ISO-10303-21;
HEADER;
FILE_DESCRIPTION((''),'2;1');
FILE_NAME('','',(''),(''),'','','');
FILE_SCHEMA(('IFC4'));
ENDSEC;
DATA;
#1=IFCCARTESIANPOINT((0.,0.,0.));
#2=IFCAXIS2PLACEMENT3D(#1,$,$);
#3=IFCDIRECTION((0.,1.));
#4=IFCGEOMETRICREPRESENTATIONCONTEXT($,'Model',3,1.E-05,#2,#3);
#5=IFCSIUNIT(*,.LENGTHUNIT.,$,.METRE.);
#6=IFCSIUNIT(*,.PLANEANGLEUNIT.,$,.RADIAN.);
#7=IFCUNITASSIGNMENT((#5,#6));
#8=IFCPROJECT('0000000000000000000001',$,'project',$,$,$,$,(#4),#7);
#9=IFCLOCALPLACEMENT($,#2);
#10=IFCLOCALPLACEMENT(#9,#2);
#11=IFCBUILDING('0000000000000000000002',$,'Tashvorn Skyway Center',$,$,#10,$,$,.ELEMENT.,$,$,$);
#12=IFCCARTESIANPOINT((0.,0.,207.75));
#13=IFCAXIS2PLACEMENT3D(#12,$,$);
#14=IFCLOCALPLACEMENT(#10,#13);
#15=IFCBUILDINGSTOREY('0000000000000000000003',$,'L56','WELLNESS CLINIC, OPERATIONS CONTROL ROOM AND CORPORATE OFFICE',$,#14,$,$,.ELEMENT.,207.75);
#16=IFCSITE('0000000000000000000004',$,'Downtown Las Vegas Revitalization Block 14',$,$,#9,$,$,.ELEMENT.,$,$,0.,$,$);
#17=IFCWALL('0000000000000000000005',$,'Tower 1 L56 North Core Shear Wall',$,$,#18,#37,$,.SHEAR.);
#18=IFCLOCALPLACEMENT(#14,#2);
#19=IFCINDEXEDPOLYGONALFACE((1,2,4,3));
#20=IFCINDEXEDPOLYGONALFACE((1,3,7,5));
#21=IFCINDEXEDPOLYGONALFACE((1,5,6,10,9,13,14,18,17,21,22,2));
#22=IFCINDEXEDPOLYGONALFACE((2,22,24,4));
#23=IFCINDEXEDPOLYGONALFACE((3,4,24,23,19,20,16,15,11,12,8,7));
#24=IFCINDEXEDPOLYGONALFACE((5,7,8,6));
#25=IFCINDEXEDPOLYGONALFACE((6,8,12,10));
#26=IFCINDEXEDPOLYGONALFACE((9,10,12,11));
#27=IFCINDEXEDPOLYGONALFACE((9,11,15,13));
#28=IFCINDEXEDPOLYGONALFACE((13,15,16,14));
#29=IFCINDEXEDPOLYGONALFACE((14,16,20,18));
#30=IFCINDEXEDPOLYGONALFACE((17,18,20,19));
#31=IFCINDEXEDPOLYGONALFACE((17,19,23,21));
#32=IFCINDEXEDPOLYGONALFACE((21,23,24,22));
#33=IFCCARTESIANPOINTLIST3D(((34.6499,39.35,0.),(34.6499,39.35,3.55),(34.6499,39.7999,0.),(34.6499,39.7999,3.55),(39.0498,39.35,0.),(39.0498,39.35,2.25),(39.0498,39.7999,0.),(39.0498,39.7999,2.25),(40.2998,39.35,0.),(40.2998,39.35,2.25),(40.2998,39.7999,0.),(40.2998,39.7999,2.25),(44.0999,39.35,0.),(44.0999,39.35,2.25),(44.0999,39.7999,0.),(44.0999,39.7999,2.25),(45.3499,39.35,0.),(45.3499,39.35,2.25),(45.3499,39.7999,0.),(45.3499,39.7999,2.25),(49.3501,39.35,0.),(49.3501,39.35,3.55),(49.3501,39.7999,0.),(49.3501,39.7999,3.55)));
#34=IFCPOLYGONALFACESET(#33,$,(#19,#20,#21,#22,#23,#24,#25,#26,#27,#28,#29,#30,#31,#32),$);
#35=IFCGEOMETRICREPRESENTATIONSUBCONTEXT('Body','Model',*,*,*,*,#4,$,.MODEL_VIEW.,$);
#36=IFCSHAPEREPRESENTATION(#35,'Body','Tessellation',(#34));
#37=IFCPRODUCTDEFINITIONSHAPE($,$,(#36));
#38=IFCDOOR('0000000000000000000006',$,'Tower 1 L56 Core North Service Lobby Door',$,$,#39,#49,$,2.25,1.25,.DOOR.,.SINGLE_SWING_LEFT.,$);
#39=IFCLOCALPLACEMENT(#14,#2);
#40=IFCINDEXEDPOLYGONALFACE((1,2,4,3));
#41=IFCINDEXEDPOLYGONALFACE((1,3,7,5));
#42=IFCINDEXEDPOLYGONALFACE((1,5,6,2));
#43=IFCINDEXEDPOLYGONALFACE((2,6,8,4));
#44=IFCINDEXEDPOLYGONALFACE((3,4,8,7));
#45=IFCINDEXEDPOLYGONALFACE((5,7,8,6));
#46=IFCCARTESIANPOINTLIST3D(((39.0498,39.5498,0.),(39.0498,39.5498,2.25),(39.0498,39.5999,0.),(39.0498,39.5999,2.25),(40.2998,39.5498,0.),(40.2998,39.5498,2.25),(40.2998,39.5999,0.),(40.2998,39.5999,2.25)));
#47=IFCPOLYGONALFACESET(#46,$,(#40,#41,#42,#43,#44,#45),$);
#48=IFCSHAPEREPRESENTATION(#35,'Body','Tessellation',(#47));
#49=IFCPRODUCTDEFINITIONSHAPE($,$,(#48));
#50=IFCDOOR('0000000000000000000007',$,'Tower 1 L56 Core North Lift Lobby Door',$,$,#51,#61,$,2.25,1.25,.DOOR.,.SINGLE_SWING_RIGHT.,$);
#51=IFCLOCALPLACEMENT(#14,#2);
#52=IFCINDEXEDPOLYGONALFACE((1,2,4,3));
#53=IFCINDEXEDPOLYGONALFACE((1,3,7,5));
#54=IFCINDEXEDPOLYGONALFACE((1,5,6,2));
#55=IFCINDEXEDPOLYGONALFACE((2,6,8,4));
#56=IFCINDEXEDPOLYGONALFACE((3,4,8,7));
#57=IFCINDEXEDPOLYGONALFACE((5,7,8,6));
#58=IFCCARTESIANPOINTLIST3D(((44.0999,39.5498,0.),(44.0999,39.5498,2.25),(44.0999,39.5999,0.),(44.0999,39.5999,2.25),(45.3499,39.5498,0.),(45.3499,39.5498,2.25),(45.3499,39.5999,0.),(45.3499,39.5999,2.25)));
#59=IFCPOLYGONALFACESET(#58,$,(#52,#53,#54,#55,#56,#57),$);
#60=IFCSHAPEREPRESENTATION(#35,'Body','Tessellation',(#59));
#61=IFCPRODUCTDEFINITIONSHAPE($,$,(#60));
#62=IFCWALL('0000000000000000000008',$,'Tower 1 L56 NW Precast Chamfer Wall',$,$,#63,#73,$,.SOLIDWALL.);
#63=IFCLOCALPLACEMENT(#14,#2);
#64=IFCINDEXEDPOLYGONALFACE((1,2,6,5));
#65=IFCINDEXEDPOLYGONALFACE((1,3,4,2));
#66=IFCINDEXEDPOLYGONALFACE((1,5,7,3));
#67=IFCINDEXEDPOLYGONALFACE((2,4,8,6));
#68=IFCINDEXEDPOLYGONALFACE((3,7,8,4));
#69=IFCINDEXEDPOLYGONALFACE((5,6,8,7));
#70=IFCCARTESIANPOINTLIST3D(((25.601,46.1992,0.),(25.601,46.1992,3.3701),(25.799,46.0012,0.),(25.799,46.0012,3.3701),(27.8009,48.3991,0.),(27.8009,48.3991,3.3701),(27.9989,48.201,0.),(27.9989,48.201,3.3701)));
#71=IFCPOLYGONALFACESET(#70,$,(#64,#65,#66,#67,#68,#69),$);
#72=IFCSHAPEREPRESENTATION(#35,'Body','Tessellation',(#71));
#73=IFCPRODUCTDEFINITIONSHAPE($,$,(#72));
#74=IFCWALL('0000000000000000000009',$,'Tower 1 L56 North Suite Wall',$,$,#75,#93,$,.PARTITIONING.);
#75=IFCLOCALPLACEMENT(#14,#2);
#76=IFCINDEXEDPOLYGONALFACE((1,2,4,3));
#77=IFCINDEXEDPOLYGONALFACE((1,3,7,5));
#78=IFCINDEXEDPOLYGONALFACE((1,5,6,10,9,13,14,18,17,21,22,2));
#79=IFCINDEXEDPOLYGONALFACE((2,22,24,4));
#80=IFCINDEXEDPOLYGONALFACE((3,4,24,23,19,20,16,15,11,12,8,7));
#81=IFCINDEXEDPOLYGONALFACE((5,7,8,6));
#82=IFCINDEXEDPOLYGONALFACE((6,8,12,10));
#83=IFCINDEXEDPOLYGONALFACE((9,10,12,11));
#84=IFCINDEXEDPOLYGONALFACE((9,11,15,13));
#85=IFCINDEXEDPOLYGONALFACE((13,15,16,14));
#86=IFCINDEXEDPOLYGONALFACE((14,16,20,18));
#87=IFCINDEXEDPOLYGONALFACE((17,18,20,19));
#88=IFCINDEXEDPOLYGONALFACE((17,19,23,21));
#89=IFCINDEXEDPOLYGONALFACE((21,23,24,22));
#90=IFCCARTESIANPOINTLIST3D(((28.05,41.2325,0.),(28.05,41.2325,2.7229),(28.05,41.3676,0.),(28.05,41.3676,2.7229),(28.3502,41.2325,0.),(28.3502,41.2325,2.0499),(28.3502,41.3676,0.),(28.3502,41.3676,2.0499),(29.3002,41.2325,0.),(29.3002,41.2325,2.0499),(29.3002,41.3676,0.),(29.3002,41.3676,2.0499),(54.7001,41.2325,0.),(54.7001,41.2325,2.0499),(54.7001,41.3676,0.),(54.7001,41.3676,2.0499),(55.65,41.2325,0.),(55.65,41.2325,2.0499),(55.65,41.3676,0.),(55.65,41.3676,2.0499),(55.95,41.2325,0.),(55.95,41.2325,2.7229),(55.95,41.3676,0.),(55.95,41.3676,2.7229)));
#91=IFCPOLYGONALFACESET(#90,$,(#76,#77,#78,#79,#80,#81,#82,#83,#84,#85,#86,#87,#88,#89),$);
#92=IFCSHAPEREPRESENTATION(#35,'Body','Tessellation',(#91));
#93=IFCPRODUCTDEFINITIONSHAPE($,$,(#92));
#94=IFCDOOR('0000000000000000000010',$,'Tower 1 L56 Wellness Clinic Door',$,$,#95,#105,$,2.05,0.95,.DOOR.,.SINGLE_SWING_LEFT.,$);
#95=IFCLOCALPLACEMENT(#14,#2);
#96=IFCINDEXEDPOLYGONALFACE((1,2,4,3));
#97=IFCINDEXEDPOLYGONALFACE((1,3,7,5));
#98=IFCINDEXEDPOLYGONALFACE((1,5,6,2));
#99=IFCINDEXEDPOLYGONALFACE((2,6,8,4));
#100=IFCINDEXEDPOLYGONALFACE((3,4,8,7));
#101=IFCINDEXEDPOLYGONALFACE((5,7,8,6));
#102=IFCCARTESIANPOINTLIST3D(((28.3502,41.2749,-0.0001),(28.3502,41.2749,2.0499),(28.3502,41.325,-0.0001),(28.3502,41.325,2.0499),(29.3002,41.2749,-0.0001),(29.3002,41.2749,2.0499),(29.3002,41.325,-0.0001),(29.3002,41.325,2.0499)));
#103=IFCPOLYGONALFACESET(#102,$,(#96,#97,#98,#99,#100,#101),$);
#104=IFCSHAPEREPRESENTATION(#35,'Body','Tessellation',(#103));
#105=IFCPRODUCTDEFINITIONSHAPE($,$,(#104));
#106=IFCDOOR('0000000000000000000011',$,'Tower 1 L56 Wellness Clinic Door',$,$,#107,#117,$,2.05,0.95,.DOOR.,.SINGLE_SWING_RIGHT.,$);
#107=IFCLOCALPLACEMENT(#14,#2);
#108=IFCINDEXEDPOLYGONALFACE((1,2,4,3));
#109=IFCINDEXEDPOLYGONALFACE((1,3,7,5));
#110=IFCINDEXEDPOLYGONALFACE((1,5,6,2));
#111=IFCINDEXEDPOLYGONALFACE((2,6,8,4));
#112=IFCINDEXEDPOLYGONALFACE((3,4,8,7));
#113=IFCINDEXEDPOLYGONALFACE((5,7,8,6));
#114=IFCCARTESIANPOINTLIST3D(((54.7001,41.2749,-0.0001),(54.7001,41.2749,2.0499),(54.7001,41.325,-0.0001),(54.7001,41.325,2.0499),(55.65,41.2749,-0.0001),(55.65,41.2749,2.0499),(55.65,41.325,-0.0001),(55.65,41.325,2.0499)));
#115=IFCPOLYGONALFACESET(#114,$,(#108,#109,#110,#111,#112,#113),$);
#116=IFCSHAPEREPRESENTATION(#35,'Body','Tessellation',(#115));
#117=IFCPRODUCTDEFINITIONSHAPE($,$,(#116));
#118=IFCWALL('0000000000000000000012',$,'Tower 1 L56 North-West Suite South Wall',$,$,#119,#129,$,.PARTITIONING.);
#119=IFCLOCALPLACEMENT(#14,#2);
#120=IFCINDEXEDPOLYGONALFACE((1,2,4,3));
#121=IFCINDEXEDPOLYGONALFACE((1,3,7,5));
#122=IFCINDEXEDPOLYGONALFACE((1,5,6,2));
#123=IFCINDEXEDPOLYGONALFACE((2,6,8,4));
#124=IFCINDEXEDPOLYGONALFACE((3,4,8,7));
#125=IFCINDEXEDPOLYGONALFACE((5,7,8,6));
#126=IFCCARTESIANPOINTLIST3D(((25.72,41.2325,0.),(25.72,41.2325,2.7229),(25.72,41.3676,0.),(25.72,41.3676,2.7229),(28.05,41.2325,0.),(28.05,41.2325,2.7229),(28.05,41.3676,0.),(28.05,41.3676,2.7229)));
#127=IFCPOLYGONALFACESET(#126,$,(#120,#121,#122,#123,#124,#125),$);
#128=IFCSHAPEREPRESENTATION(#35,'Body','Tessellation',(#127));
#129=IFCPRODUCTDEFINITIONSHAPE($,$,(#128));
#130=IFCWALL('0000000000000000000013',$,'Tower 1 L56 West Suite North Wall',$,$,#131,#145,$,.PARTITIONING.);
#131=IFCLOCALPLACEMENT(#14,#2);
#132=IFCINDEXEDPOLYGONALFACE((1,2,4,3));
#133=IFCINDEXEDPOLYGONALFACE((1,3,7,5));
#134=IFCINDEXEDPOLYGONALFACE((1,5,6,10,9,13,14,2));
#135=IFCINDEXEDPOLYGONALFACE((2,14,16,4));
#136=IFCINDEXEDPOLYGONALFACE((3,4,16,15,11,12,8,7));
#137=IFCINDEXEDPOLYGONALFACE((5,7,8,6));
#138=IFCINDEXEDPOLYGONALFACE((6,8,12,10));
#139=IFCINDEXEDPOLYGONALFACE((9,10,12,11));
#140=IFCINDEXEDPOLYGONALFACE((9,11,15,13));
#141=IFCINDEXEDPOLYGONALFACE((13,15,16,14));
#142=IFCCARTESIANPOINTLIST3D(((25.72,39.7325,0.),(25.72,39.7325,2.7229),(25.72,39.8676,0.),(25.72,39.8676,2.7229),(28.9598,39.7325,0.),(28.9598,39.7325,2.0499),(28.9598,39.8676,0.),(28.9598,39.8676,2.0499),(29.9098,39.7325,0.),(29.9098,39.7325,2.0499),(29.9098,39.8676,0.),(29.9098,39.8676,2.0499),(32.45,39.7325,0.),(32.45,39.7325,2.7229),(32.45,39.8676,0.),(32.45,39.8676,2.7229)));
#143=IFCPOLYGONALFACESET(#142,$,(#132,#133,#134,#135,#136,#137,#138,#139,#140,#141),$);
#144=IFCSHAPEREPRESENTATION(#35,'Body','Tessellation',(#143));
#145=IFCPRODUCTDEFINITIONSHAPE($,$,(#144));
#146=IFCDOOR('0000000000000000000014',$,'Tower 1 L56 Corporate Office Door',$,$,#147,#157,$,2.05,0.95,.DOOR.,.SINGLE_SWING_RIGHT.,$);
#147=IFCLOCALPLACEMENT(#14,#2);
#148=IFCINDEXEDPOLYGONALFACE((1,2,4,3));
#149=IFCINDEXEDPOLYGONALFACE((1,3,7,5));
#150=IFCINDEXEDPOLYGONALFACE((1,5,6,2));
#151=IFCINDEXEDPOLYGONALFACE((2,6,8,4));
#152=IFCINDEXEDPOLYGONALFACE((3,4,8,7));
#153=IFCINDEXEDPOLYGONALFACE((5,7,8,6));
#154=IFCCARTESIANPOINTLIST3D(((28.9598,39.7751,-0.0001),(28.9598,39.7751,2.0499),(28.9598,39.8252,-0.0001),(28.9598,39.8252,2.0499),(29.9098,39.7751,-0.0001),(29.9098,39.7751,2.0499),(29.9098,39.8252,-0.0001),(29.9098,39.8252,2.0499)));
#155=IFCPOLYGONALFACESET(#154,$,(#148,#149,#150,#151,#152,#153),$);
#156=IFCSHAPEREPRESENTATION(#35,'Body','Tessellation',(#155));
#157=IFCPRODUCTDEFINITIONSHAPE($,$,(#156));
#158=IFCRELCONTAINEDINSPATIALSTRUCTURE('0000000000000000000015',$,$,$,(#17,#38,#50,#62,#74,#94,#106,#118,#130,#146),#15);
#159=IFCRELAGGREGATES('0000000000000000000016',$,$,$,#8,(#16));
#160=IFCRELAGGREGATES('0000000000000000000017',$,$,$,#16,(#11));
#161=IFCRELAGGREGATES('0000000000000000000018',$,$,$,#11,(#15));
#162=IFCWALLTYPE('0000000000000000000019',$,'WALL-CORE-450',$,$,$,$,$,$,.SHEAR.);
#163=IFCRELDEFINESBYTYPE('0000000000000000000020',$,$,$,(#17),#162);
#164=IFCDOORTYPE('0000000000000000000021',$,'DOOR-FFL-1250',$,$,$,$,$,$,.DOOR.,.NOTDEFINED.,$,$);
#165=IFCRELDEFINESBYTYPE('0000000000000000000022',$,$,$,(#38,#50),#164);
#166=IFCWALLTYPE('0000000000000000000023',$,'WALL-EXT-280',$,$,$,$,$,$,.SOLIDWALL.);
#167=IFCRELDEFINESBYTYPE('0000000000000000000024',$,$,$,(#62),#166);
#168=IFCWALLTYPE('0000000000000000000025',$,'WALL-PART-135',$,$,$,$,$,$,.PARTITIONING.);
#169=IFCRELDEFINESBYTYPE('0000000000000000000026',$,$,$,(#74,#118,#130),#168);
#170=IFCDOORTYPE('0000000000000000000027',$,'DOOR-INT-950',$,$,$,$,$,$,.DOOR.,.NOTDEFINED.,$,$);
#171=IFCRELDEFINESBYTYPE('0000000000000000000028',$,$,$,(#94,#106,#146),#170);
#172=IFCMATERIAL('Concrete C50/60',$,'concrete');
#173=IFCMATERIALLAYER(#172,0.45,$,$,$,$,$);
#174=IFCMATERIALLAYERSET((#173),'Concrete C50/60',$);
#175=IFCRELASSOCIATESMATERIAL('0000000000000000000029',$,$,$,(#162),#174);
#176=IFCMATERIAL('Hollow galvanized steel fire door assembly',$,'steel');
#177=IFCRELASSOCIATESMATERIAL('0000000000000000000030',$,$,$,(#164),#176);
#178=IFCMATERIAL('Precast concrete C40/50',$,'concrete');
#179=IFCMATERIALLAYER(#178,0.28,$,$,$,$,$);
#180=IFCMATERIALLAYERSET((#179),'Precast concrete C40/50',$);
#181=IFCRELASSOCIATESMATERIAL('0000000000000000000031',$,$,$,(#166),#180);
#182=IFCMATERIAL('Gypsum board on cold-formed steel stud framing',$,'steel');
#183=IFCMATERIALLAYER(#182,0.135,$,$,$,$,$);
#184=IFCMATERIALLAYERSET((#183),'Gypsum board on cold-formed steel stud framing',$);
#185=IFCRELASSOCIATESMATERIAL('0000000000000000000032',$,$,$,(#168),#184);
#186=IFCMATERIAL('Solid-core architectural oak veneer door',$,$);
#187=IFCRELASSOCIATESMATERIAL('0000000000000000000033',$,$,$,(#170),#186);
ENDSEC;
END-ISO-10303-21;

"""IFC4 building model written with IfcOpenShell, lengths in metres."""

from ifc_helpers import new_model, si_unit, direction, frame, frame_2d, origin, place, context, subcontext, project, spatial, rectangle, extrude, material, layer, layer_set, type_object, element, fill, save


model = new_model("IFC4")

# Units and contexts
model_context = context("Model", 3, precision=1e-05, world=origin(), true_north=direction((0.0, 1.0)))
body_context = subcontext(model_context, "Body", "Model", "MODEL_VIEW")
ifc_project = project(units=[si_unit("LENGTHUNIT", "METRE"), si_unit("PLANEANGLEUNIT", "RADIAN")], contexts=[model_context])

# Site, building, storey
site_placement = place(None, origin())
site = spatial("IfcSite", under=ifc_project, at=site_placement, Name="Downtown Las Vegas Revitalization Block 14", CompositionType="ELEMENT", RefElevation=0.0)
building_placement = place(site_placement, origin())
building = spatial("IfcBuilding", under=site, at=building_placement, Name="Tashvorn Skyway Center", CompositionType="ELEMENT")
storey_placement = place(building_placement, frame((0.0, 0.0, 207.75)))
storey = spatial("IfcBuildingStorey", under=building, at=storey_placement, Name="L56", Description="WELLNESS CLINIC, OPERATIONS CONTROL ROOM AND CORPORATE OFFICE", CompositionType="ELEMENT", Elevation=207.75)

# Wall, openings, doors
ifc_material_1 = material(Name="Concrete C50/60", Category="concrete")
ifc_layer_1 = layer(ifc_material_1, 0.45)
ifc_layer_set_1 = layer_set([ifc_layer_1], Name="Concrete C50/60")
wall_type_1 = type_object("IfcWallType", Name="WALL-CORE-450", PredefinedType="SHEAR", material=ifc_layer_set_1)
wall_1_placement = place(storey_placement, frame((34.6499, 39.575, 0.0), z_axis=(0.0, 0.0, 1.0), x_axis=(1.0, 0.0, 0.0)))
wall_1 = element("IfcWall", 1, at=wall_1_placement, inside=storey, type_object=wall_type_1, Name="Tower 1 L56 North Core Shear Wall", PredefinedType="SHEAR", context=body_context, shape_type="SweptSolid", body=[
    extrude(rectangle(XDim=14.7002, YDim=0.45, at=frame_2d((7.3501, 0.0))), origin(), (0.0, 0.0, 1.0), 3.55),
])
opening_1_placement = place(wall_1_placement, frame((4.3999, 0.0, 0.0)))
opening_1 = element("IfcOpeningElement", 2, at=opening_1_placement, cuts=wall_1, PredefinedType="OPENING", context=body_context, shape_type="SweptSolid", body=[
    extrude(rectangle(XDim=1.25, YDim=2.25, at=frame_2d((0.625, 1.125))), frame((0.0, 0.2349, 0.0), z_axis=(0.0, -1.0, 0.0), x_axis=(1.0, 0.0, 0.0)), (0.0, 0.0, 1.0), 0.47),
])
opening_2_placement = place(wall_1_placement, frame((9.45, 0.0, 0.0)))
opening_2 = element("IfcOpeningElement", 3, at=opening_2_placement, cuts=wall_1, PredefinedType="OPENING", context=body_context, shape_type="SweptSolid", body=[
    extrude(rectangle(XDim=1.25, YDim=2.25, at=frame_2d((0.625, 1.125))), frame((0.0, 0.2349, 0.0), z_axis=(0.0, -1.0, 0.0), x_axis=(1.0, 0.0, 0.0)), (0.0, 0.0, 1.0), 0.47),
])
ifc_material_2 = material(Name="Hollow galvanized steel fire door assembly", Category="steel")
door_type_1 = type_object("IfcDoorType", Name="DOOR-FFL-1250", OperationType="NOTDEFINED", PredefinedType="DOOR", material=ifc_material_2)
door_1_placement = place(opening_1_placement, origin())
door_1 = element("IfcDoor", 4, at=door_1_placement, inside=storey, type_object=door_type_1, Name="Tower 1 L56 Core North Service Lobby Door", OperationType="SINGLE_SWING_LEFT", OverallHeight=2.25, OverallWidth=1.25, PredefinedType="DOOR", context=body_context, shape_type="SweptSolid", body=[
    extrude(rectangle(XDim=1.25, YDim=2.25, at=frame_2d((0.625, 1.125))), frame((0.0, 0.0249, 0.0), z_axis=(0.0, -1.0, 0.0), x_axis=(1.0, 0.0, 0.0)), (0.0, 0.0, 1.0), 0.05),
])
fill(opening_1, door_1)
door_2_placement = place(opening_2_placement, origin())
door_2 = element("IfcDoor", 5, at=door_2_placement, inside=storey, type_object=door_type_1, Name="Tower 1 L56 Core North Lift Lobby Door", OperationType="SINGLE_SWING_RIGHT", OverallHeight=2.25, OverallWidth=1.25, PredefinedType="DOOR", context=body_context, shape_type="SweptSolid", body=[
    extrude(rectangle(XDim=1.25, YDim=2.25, at=frame_2d((0.625, 1.125))), frame((0.0, 0.0249, 0.0), z_axis=(0.0, -1.0, 0.0), x_axis=(1.0, 0.0, 0.0)), (0.0, 0.0, 1.0), 0.05),
])
fill(opening_2, door_2)

# Wall
ifc_material_3 = material(Name="Precast concrete C40/50", Category="concrete")
ifc_layer_2 = layer(ifc_material_3, 0.28)
ifc_layer_set_2 = layer_set([ifc_layer_2], Name="Precast concrete C40/50")
wall_type_2 = type_object("IfcWallType", Name="WALL-EXT-280", PredefinedType="SOLIDWALL", material=ifc_layer_set_2)
wall_2_placement = place(storey_placement, frame((25.7, 46.1001, 0.0), z_axis=(0.0, 0.0, 1.0), x_axis=(0.707107, 0.707107, 0.0)))
element("IfcWall", 6, at=wall_2_placement, inside=storey, type_object=wall_type_2, Name="Tower 1 L56 NW Precast Chamfer Wall", PredefinedType="SOLIDWALL", context=body_context, shape_type="SweptSolid", body=[
    extrude(rectangle(XDim=3.1111, YDim=0.28, at=frame_2d((1.5557, 0.0))), origin(), (0.0, 0.0, 1.0), 3.3701),
])

# Wall, openings, doors
ifc_material_4 = material(Name="Gypsum board on cold-formed steel stud framing", Category="steel")
ifc_layer_3 = layer(ifc_material_4, 0.135)
ifc_layer_set_3 = layer_set([ifc_layer_3], Name="Gypsum board on cold-formed steel stud framing")
wall_type_3 = type_object("IfcWallType", Name="WALL-PART-135", PredefinedType="PARTITIONING", material=ifc_layer_set_3)
wall_3_placement = place(storey_placement, frame((28.05, 41.3, 0.0), z_axis=(0.0, 0.0, 1.0), x_axis=(1.0, 0.0, 0.0)))
wall_3 = element("IfcWall", 7, at=wall_3_placement, inside=storey, type_object=wall_type_3, Name="Tower 1 L56 North Suite Wall", PredefinedType="PARTITIONING", context=body_context, shape_type="SweptSolid", body=[
    extrude(rectangle(XDim=27.8999, YDim=0.135, at=frame_2d((13.95, 0.0))), origin(), (0.0, 0.0, 1.0), 2.7229),
])
opening_3_placement = place(wall_3_placement, frame((0.3, 0.0, 0.0)))
opening_3 = element("IfcOpeningElement", 8, at=opening_3_placement, cuts=wall_3, PredefinedType="OPENING", context=body_context, shape_type="SweptSolid", body=[
    extrude(rectangle(XDim=0.95, YDim=2.05, at=frame_2d((0.4751, 1.0249))), frame((0.0, 0.0774, 0.0), z_axis=(0.0, -1.0, 0.0), x_axis=(1.0, 0.0, 0.0)), (0.0, 0.0, 1.0), 0.155),
])
opening_4_placement = place(wall_3_placement, frame((26.6499, 0.0, 0.0)))
opening_4 = element("IfcOpeningElement", 9, at=opening_4_placement, cuts=wall_3, PredefinedType="OPENING", context=body_context, shape_type="SweptSolid", body=[
    extrude(rectangle(XDim=0.95, YDim=2.05, at=frame_2d((0.4751, 1.0249))), frame((0.0, 0.0774, 0.0), z_axis=(0.0, -1.0, 0.0), x_axis=(1.0, 0.0, 0.0)), (0.0, 0.0, 1.0), 0.155),
])
ifc_material_5 = material(Name="Solid-core architectural oak veneer door")
door_type_2 = type_object("IfcDoorType", Name="DOOR-INT-950", OperationType="NOTDEFINED", PredefinedType="DOOR", material=ifc_material_5)
door_3_placement = place(opening_3_placement, origin())
door_3 = element("IfcDoor", 10, at=door_3_placement, inside=storey, type_object=door_type_2, Name="Tower 1 L56 Wellness Clinic Door", OperationType="SINGLE_SWING_LEFT", OverallHeight=2.05, OverallWidth=0.95, PredefinedType="DOOR", context=body_context, shape_type="SweptSolid", body=[
    extrude(rectangle(XDim=0.95, YDim=2.05, at=frame_2d((0.4751, 1.0249))), frame((0.0, 0.0249, 0.0), z_axis=(0.0, -1.0, 0.0), x_axis=(1.0, 0.0, 0.0)), (0.0, 0.0, 1.0), 0.05),
])
fill(opening_3, door_3)
door_4_placement = place(opening_4_placement, origin())
door_4 = element("IfcDoor", 11, at=door_4_placement, inside=storey, type_object=door_type_2, Name="Tower 1 L56 Wellness Clinic Door", OperationType="SINGLE_SWING_RIGHT", OverallHeight=2.05, OverallWidth=0.95, PredefinedType="DOOR", context=body_context, shape_type="SweptSolid", body=[
    extrude(rectangle(XDim=0.95, YDim=2.05, at=frame_2d((0.4751, 1.0249))), frame((0.0, 0.0249, 0.0), z_axis=(0.0, -1.0, 0.0), x_axis=(1.0, 0.0, 0.0)), (0.0, 0.0, 1.0), 0.05),
])
fill(opening_4, door_4)

# Wall
wall_4_placement = place(storey_placement, frame((25.72, 41.3, 0.0), z_axis=(0.0, 0.0, 1.0), x_axis=(1.0, 0.0, 0.0)))
element("IfcWall", 12, at=wall_4_placement, inside=storey, type_object=wall_type_3, Name="Tower 1 L56 North-West Suite South Wall", PredefinedType="PARTITIONING", context=body_context, shape_type="SweptSolid", body=[
    extrude(rectangle(XDim=2.3301, YDim=0.135, at=frame_2d((1.165, 0.0))), origin(), (0.0, 0.0, 1.0), 2.7229),
])

# Wall, opening, door
wall_5_placement = place(storey_placement, frame((32.45, 39.8, 0.0), z_axis=(0.0, 0.0, 1.0), x_axis=(-1.0, 0.0, 0.0)))
wall_5 = element("IfcWall", 13, at=wall_5_placement, inside=storey, type_object=wall_type_3, Name="Tower 1 L56 West Suite North Wall", PredefinedType="PARTITIONING", context=body_context, shape_type="SweptSolid", body=[
    extrude(rectangle(XDim=6.73, YDim=0.135, at=frame_2d((3.365, 0.0))), origin(), (0.0, 0.0, 1.0), 2.7229),
])
opening_5_placement = place(wall_5_placement, frame((2.54, 0.0, 0.0)))
opening_5 = element("IfcOpeningElement", 14, at=opening_5_placement, cuts=wall_5, PredefinedType="OPENING", context=body_context, shape_type="SweptSolid", body=[
    extrude(rectangle(XDim=0.95, YDim=2.05, at=frame_2d((0.4751, 1.0249))), frame((0.0, 0.0774, 0.0), z_axis=(0.0, -1.0, 0.0), x_axis=(1.0, 0.0, 0.0)), (0.0, 0.0, 1.0), 0.155),
])
door_5_placement = place(opening_5_placement, origin())
door_5 = element("IfcDoor", 15, at=door_5_placement, inside=storey, type_object=door_type_2, Name="Tower 1 L56 Corporate Office Door", OperationType="SINGLE_SWING_RIGHT", OverallHeight=2.05, OverallWidth=0.95, PredefinedType="DOOR", context=body_context, shape_type="SweptSolid", body=[
    extrude(rectangle(XDim=0.95, YDim=2.05, at=frame_2d((0.4751, 1.0249))), frame((0.0, 0.0249, 0.0), z_axis=(0.0, -1.0, 0.0), x_axis=(1.0, 0.0, 0.0)), (0.0, 0.0, 1.0), 0.05),
])
fill(opening_5, door_5)

save(model, "model.ifc")
